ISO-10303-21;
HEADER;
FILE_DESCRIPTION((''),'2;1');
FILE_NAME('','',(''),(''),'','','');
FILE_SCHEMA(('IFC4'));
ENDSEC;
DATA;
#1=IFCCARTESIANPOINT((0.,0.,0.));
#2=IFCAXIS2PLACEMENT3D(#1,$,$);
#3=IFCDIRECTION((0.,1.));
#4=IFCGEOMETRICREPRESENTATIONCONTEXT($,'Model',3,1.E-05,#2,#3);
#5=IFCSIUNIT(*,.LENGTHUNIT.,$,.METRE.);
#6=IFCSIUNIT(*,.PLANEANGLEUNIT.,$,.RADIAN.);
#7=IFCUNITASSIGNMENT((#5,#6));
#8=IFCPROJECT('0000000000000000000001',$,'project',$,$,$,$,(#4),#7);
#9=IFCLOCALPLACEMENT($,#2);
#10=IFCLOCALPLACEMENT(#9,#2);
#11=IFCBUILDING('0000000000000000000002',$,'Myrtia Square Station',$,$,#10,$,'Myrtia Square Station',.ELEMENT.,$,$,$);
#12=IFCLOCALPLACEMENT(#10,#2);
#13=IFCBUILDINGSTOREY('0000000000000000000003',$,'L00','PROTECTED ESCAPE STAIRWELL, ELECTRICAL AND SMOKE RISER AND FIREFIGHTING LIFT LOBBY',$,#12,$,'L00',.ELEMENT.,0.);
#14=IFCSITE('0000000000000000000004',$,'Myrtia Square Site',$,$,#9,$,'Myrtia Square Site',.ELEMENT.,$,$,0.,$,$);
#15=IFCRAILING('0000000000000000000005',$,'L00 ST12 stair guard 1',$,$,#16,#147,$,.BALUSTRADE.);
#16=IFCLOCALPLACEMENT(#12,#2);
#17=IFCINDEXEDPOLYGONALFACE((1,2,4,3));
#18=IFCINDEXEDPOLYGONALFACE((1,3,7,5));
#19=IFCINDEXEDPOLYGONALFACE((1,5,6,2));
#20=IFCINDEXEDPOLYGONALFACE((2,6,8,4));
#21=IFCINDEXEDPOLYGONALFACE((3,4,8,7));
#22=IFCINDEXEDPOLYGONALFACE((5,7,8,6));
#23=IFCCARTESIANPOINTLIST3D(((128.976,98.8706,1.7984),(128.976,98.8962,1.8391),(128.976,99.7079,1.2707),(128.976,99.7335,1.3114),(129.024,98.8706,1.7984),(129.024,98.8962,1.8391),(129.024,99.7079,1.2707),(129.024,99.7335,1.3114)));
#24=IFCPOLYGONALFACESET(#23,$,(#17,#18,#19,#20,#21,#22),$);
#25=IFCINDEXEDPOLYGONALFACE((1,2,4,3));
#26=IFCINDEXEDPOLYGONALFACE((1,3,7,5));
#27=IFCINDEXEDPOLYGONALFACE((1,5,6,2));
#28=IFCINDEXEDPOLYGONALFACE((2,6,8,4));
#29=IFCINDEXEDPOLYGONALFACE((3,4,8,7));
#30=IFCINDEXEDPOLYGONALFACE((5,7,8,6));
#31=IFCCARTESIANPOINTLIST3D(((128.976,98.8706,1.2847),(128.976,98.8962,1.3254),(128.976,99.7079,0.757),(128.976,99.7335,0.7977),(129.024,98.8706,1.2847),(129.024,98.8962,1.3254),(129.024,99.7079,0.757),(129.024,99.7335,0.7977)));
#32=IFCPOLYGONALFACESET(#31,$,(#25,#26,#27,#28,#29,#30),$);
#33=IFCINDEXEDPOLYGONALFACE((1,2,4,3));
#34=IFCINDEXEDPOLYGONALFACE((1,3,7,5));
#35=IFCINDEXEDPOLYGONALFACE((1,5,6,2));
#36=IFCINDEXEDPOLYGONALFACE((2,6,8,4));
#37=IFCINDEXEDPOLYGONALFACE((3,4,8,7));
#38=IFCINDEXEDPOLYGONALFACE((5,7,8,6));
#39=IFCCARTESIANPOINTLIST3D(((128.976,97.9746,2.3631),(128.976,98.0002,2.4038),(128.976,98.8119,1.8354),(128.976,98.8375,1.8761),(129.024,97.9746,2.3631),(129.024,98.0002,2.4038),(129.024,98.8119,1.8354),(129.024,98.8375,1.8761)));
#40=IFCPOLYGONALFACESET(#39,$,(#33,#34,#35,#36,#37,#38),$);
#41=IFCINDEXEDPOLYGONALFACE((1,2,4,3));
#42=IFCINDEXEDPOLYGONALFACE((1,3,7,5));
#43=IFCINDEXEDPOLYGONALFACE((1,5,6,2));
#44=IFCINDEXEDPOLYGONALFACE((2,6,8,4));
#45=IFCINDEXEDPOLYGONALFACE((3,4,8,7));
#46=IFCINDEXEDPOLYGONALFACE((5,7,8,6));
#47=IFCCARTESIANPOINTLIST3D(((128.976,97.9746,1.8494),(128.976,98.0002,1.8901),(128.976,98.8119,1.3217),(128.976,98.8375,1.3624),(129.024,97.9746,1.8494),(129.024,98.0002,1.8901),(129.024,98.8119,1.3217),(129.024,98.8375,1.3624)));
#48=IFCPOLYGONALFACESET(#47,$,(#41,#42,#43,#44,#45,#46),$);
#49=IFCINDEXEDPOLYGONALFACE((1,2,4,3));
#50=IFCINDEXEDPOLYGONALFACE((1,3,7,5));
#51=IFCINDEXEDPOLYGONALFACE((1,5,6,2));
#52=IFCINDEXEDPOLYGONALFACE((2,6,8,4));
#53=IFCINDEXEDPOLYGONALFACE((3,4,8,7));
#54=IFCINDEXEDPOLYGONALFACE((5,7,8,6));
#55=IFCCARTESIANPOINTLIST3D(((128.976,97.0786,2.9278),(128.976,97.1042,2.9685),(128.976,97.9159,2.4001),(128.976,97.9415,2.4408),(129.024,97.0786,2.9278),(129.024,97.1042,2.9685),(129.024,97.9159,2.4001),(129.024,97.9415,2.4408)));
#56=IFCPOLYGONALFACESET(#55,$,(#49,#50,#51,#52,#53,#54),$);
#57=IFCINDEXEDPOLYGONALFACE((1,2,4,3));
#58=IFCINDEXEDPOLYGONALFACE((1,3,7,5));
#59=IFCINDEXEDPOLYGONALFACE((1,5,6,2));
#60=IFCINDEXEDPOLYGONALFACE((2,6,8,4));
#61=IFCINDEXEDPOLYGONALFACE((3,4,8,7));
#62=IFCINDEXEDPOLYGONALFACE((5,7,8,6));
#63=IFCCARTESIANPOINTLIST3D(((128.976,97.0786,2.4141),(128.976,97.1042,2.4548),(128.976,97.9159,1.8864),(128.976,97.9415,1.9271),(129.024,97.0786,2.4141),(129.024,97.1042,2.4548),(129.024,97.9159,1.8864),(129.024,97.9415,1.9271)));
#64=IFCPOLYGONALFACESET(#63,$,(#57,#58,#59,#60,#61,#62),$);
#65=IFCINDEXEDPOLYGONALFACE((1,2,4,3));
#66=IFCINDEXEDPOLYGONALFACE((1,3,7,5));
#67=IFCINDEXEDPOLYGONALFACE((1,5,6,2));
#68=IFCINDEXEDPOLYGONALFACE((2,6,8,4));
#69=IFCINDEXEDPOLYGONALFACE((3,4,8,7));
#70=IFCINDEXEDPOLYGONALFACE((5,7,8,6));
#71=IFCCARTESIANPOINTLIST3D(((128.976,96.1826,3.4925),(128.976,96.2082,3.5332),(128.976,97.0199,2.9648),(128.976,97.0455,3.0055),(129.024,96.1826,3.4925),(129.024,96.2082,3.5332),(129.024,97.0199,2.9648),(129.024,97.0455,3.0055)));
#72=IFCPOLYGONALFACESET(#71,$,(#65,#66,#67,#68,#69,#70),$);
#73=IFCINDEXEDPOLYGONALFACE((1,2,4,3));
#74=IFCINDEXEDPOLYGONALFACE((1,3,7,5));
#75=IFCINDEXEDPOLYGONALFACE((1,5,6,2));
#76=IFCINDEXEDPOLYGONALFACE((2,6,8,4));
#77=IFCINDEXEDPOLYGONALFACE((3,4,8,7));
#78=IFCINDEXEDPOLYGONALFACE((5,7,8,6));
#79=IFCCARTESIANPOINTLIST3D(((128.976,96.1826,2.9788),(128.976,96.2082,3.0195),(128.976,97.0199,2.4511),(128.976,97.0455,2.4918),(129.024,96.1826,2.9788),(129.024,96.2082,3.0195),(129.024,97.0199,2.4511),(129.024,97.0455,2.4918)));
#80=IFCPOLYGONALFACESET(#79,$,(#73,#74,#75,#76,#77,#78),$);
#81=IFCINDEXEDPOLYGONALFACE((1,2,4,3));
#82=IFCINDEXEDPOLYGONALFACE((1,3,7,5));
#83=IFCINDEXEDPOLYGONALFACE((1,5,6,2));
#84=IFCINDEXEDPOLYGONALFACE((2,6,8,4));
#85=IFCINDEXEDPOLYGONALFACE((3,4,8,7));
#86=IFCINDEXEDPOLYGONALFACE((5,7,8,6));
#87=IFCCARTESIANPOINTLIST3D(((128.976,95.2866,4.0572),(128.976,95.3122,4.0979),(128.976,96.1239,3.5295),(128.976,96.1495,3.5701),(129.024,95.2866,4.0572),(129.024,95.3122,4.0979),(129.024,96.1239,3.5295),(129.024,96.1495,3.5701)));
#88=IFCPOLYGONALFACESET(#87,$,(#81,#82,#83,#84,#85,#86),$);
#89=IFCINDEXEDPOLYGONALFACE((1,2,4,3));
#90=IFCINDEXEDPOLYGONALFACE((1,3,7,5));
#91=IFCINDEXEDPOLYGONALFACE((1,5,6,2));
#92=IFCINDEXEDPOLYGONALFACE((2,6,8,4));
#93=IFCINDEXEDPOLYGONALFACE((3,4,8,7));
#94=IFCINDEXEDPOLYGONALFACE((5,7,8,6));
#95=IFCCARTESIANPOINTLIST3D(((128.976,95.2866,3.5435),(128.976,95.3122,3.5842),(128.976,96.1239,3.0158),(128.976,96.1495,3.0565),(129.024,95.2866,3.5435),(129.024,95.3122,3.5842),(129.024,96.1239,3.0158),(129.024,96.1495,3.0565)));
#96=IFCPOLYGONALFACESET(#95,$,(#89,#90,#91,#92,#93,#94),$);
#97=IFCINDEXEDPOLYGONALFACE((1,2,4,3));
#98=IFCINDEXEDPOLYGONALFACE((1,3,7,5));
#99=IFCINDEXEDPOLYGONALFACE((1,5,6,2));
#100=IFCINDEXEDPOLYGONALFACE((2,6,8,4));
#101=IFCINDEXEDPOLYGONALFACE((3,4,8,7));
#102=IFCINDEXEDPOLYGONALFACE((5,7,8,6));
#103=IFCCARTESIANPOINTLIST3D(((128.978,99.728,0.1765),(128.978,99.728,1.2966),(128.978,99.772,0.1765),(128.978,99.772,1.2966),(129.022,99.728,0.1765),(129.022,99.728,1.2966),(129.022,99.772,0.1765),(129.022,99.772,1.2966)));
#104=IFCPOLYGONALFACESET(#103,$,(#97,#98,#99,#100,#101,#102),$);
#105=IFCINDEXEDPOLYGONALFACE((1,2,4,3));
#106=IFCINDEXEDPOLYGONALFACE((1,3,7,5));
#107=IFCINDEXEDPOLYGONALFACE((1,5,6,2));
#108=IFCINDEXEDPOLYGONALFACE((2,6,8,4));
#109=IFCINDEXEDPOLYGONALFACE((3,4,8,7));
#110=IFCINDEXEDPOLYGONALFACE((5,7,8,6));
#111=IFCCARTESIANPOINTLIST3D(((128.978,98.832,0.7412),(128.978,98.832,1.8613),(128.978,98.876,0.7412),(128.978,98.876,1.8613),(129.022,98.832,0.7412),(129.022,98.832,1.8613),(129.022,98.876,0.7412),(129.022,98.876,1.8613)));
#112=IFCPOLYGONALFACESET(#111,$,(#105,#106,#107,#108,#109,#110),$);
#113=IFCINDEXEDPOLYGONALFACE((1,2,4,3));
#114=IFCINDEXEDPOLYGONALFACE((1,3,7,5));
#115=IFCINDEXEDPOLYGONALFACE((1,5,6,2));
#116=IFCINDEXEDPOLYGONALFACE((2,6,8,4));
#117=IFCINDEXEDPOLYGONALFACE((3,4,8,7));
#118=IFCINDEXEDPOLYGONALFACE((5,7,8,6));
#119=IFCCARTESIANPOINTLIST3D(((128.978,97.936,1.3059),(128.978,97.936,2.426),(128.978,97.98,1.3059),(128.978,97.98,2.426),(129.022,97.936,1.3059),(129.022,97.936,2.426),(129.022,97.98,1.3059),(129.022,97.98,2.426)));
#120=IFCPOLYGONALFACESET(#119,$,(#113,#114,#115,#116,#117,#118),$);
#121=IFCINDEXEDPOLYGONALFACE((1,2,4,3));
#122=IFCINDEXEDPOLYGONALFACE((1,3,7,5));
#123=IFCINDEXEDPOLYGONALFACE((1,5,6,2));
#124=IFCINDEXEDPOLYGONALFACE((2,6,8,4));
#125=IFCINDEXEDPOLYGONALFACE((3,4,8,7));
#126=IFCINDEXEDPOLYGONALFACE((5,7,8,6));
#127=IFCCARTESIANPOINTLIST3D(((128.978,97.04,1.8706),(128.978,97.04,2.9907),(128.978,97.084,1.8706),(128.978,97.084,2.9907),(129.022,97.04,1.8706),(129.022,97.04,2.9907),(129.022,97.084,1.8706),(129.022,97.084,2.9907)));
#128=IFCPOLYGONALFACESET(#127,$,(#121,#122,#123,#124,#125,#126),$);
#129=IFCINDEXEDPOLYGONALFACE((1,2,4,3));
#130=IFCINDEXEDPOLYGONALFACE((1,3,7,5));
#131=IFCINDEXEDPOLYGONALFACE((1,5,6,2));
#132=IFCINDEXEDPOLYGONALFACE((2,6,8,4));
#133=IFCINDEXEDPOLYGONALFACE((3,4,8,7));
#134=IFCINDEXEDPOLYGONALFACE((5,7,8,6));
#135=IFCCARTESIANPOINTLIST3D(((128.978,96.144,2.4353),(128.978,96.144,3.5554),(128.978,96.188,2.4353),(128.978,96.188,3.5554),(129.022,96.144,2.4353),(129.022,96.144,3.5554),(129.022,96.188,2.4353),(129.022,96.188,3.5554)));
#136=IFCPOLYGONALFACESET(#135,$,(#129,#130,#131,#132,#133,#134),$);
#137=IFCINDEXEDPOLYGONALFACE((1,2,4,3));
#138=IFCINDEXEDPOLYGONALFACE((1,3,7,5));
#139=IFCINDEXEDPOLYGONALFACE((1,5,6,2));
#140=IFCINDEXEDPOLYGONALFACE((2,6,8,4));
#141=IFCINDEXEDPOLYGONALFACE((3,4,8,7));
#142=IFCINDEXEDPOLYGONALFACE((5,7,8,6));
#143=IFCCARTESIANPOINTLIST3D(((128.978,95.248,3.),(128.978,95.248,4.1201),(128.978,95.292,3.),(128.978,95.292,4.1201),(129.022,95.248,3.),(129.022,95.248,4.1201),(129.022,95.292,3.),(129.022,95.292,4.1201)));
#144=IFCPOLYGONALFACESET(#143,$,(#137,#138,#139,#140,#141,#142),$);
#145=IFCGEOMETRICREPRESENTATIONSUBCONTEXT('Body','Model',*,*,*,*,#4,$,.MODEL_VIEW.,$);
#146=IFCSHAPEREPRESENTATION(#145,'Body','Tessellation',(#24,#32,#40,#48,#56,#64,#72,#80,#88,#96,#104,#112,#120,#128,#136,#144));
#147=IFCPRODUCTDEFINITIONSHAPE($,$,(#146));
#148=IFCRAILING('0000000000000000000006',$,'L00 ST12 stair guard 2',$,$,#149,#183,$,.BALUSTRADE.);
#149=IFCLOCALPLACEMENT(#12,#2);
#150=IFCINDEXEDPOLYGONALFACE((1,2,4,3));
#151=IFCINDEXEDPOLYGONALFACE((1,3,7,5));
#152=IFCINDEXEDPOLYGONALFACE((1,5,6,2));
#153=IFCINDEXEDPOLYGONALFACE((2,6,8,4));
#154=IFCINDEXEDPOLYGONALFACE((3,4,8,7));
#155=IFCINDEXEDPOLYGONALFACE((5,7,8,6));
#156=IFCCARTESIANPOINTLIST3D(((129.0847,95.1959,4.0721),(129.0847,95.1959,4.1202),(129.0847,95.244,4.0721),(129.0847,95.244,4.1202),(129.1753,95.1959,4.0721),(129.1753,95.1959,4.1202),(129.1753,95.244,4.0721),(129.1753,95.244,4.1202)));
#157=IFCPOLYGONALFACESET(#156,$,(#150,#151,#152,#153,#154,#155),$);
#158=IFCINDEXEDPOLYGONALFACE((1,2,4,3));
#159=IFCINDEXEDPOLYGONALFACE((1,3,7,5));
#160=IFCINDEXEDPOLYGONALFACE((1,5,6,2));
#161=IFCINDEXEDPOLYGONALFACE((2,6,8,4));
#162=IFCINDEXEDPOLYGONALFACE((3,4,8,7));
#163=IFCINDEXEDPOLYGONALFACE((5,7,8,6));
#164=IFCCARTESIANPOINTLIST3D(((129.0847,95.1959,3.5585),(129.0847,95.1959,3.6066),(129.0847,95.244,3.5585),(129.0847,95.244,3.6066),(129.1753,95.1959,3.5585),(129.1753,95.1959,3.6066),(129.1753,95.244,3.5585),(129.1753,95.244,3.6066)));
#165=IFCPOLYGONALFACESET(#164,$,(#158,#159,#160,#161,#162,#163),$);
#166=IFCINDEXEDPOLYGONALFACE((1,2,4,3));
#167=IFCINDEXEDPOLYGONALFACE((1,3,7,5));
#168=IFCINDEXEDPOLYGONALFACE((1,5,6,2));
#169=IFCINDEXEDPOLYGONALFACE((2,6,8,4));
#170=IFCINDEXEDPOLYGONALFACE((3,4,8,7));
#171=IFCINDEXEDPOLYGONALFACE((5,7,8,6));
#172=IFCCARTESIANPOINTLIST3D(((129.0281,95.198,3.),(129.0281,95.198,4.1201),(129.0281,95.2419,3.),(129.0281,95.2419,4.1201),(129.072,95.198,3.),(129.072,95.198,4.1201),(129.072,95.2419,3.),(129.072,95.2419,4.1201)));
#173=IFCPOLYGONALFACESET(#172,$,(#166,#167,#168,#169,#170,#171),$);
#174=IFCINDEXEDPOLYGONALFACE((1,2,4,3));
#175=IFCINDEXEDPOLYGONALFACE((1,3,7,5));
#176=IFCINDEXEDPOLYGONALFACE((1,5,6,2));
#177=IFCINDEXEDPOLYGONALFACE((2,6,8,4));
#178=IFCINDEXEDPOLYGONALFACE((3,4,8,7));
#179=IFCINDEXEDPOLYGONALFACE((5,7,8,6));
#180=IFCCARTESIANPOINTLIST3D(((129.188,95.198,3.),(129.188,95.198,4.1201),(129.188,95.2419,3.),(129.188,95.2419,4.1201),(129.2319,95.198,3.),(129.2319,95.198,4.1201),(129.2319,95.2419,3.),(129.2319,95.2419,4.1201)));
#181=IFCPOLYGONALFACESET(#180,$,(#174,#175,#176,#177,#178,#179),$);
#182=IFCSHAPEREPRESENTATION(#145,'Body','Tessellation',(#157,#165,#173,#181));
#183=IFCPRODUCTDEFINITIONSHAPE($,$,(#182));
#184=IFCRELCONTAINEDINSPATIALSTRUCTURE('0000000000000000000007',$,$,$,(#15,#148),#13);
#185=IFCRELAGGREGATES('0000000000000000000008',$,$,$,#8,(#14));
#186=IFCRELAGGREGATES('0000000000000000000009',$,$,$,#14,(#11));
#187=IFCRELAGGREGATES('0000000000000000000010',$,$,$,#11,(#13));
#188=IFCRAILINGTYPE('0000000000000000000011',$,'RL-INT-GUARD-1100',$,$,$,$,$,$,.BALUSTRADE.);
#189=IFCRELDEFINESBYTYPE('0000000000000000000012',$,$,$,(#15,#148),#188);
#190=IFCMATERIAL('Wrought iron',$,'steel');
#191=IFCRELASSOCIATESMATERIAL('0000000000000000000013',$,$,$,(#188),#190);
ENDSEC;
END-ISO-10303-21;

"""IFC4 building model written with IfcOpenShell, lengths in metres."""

from ifc_helpers import new_model, si_unit, direction, frame, origin, origin_2d, place, context, subcontext, project, spatial, rectangle, extrude, material, type_object, element, save


model = new_model("IFC4")

# Units and contexts
model_context = context("Model", 3, precision=1e-05, world=origin(), true_north=direction((0.0, 1.0)))
body_context = subcontext(model_context, "Body", "Model", "MODEL_VIEW")
ifc_project = project(units=[si_unit("LENGTHUNIT", "METRE"), si_unit("PLANEANGLEUNIT", "RADIAN")], contexts=[model_context])

# Site, building, storey
site_placement = place(None, origin())
site = spatial("IfcSite", under=ifc_project, at=site_placement, Name="Myrtia Square Site", LongName="Myrtia Square Site", CompositionType="ELEMENT", RefElevation=0.0)
building_placement = place(site_placement, origin())
building = spatial("IfcBuilding", under=site, at=building_placement, Name="Myrtia Square Station", LongName="Myrtia Square Station", CompositionType="ELEMENT")
storey_placement = place(building_placement, origin())
storey = spatial("IfcBuildingStorey", under=building, at=storey_placement, Name="L00", Description="PROTECTED ESCAPE STAIRWELL, ELECTRICAL AND SMOKE RISER AND FIREFIGHTING LIFT LOBBY", LongName="L00", CompositionType="ELEMENT", Elevation=0.0)

# Railings
ifc_material_1 = material(Name="Wrought iron", Category="steel")
railing_type_1 = type_object("IfcRailingType", Name="RL-INT-GUARD-1100", PredefinedType="BALUSTRADE", material=ifc_material_1)
railing_1_placement = place(storey_placement, frame((129.0, 99.75, 0.1765)))
element("IfcRailing", 1, at=railing_1_placement, inside=storey, type_object=railing_type_1, Name="L00 ST12 stair guard 1", PredefinedType="BALUSTRADE", context=body_context, shape_type="SweptSolid", body=[
    extrude(rectangle(XDim=0.0481, YDim=0.0481, at=origin_2d()), frame((0.0, -0.0293, 1.1145), z_axis=(0.0, -0.845998, 0.533186), x_axis=(1.0, 0.0, 0.0)), (0.0, 0.0, 1.0), 0.9897),
    extrude(rectangle(XDim=0.0481, YDim=0.0481, at=origin_2d()), frame((0.0, -0.0293, 0.6008), z_axis=(0.0, -0.845998, 0.533186), x_axis=(1.0, 0.0, 0.0)), (0.0, 0.0, 1.0), 0.9897),
    extrude(rectangle(XDim=0.0481, YDim=0.0481, at=origin_2d()), frame((0.0, -0.9253, 1.6792), z_axis=(0.0, -0.845998, 0.533186), x_axis=(1.0, 0.0, 0.0)), (0.0, 0.0, 1.0), 0.9897),
    extrude(rectangle(XDim=0.0481, YDim=0.0481, at=origin_2d()), frame((0.0, -0.9253, 1.1655), z_axis=(0.0, -0.845998, 0.533186), x_axis=(1.0, 0.0, 0.0)), (0.0, 0.0, 1.0), 0.9897),
    extrude(rectangle(XDim=0.0481, YDim=0.0481, at=origin_2d()), frame((0.0, -1.8213, 2.2439), z_axis=(0.0, -0.845998, 0.533186), x_axis=(1.0, 0.0, 0.0)), (0.0, 0.0, 1.0), 0.9897),
    extrude(rectangle(XDim=0.0481, YDim=0.0481, at=origin_2d()), frame((0.0, -1.8213, 1.7302), z_axis=(0.0, -0.845998, 0.533186), x_axis=(1.0, 0.0, 0.0)), (0.0, 0.0, 1.0), 0.9897),
    extrude(rectangle(XDim=0.0481, YDim=0.0481, at=origin_2d()), frame((0.0, -2.7173, 2.8086), z_axis=(0.0, -0.845998, 0.533186), x_axis=(1.0, 0.0, 0.0)), (0.0, 0.0, 1.0), 0.9897),
    extrude(rectangle(XDim=0.0481, YDim=0.0481, at=origin_2d()), frame((0.0, -2.7173, 2.2949), z_axis=(0.0, -0.845998, 0.533186), x_axis=(1.0, 0.0, 0.0)), (0.0, 0.0, 1.0), 0.9897),
    extrude(rectangle(XDim=0.0481, YDim=0.0481, at=origin_2d()), frame((0.0, -3.6133, 3.3733), z_axis=(0.0, -0.845998, 0.533186), x_axis=(1.0, 0.0, 0.0)), (0.0, 0.0, 1.0), 0.9897),
    extrude(rectangle(XDim=0.0481, YDim=0.0481, at=origin_2d()), frame((0.0, -3.6133, 2.8596), z_axis=(0.0, -0.845998, 0.533186), x_axis=(1.0, 0.0, 0.0)), (0.0, 0.0, 1.0), 0.9897),
    extrude(rectangle(XDim=0.0439, YDim=0.0439, at=origin_2d()), origin(), (0.0, 0.0, 1.0), 1.1201),
    extrude(rectangle(XDim=0.0439, YDim=0.0439, at=origin_2d()), frame((0.0, -0.896, 0.5647)), (0.0, 0.0, 1.0), 1.1201),
    extrude(rectangle(XDim=0.0439, YDim=0.0439, at=origin_2d()), frame((0.0, -1.792, 1.1294)), (0.0, 0.0, 1.0), 1.1201),
    extrude(rectangle(XDim=0.0439, YDim=0.0439, at=origin_2d()), frame((0.0, -2.688, 1.6941)), (0.0, 0.0, 1.0), 1.1201),
    extrude(rectangle(XDim=0.0439, YDim=0.0439, at=origin_2d()), frame((0.0, -3.584, 2.2588)), (0.0, 0.0, 1.0), 1.1201),
    extrude(rectangle(XDim=0.0439, YDim=0.0439, at=origin_2d()), frame((0.0, -4.48, 2.8235)), (0.0, 0.0, 1.0), 1.1201),
])
railing_2_placement = place(storey_placement, frame((129.05, 95.22, 3.0)))
element("IfcRailing", 2, at=railing_2_placement, inside=storey, type_object=railing_type_1, Name="L00 ST12 stair guard 2", PredefinedType="BALUSTRADE", context=body_context, shape_type="SweptSolid", body=[
    extrude(rectangle(XDim=0.0481, YDim=0.0481, at=origin_2d()), frame((0.0347, 0.0, 1.0962), z_axis=(1.0, 0.0, 0.0), x_axis=(0.0, 1.0, 0.0)), (0.0, 0.0, 1.0), 0.0906),
    extrude(rectangle(XDim=0.0481, YDim=0.0481, at=origin_2d()), frame((0.0347, 0.0, 0.5825), z_axis=(1.0, 0.0, 0.0), x_axis=(0.0, 1.0, 0.0)), (0.0, 0.0, 1.0), 0.0906),
    extrude(rectangle(XDim=0.0439, YDim=0.0439, at=origin_2d()), origin(), (0.0, 0.0, 1.0), 1.1201),
    extrude(rectangle(XDim=0.0439, YDim=0.0439, at=origin_2d()), frame((0.1599, 0.0, 0.0)), (0.0, 0.0, 1.0), 1.1201),
])

save(model, "model.ifc")
